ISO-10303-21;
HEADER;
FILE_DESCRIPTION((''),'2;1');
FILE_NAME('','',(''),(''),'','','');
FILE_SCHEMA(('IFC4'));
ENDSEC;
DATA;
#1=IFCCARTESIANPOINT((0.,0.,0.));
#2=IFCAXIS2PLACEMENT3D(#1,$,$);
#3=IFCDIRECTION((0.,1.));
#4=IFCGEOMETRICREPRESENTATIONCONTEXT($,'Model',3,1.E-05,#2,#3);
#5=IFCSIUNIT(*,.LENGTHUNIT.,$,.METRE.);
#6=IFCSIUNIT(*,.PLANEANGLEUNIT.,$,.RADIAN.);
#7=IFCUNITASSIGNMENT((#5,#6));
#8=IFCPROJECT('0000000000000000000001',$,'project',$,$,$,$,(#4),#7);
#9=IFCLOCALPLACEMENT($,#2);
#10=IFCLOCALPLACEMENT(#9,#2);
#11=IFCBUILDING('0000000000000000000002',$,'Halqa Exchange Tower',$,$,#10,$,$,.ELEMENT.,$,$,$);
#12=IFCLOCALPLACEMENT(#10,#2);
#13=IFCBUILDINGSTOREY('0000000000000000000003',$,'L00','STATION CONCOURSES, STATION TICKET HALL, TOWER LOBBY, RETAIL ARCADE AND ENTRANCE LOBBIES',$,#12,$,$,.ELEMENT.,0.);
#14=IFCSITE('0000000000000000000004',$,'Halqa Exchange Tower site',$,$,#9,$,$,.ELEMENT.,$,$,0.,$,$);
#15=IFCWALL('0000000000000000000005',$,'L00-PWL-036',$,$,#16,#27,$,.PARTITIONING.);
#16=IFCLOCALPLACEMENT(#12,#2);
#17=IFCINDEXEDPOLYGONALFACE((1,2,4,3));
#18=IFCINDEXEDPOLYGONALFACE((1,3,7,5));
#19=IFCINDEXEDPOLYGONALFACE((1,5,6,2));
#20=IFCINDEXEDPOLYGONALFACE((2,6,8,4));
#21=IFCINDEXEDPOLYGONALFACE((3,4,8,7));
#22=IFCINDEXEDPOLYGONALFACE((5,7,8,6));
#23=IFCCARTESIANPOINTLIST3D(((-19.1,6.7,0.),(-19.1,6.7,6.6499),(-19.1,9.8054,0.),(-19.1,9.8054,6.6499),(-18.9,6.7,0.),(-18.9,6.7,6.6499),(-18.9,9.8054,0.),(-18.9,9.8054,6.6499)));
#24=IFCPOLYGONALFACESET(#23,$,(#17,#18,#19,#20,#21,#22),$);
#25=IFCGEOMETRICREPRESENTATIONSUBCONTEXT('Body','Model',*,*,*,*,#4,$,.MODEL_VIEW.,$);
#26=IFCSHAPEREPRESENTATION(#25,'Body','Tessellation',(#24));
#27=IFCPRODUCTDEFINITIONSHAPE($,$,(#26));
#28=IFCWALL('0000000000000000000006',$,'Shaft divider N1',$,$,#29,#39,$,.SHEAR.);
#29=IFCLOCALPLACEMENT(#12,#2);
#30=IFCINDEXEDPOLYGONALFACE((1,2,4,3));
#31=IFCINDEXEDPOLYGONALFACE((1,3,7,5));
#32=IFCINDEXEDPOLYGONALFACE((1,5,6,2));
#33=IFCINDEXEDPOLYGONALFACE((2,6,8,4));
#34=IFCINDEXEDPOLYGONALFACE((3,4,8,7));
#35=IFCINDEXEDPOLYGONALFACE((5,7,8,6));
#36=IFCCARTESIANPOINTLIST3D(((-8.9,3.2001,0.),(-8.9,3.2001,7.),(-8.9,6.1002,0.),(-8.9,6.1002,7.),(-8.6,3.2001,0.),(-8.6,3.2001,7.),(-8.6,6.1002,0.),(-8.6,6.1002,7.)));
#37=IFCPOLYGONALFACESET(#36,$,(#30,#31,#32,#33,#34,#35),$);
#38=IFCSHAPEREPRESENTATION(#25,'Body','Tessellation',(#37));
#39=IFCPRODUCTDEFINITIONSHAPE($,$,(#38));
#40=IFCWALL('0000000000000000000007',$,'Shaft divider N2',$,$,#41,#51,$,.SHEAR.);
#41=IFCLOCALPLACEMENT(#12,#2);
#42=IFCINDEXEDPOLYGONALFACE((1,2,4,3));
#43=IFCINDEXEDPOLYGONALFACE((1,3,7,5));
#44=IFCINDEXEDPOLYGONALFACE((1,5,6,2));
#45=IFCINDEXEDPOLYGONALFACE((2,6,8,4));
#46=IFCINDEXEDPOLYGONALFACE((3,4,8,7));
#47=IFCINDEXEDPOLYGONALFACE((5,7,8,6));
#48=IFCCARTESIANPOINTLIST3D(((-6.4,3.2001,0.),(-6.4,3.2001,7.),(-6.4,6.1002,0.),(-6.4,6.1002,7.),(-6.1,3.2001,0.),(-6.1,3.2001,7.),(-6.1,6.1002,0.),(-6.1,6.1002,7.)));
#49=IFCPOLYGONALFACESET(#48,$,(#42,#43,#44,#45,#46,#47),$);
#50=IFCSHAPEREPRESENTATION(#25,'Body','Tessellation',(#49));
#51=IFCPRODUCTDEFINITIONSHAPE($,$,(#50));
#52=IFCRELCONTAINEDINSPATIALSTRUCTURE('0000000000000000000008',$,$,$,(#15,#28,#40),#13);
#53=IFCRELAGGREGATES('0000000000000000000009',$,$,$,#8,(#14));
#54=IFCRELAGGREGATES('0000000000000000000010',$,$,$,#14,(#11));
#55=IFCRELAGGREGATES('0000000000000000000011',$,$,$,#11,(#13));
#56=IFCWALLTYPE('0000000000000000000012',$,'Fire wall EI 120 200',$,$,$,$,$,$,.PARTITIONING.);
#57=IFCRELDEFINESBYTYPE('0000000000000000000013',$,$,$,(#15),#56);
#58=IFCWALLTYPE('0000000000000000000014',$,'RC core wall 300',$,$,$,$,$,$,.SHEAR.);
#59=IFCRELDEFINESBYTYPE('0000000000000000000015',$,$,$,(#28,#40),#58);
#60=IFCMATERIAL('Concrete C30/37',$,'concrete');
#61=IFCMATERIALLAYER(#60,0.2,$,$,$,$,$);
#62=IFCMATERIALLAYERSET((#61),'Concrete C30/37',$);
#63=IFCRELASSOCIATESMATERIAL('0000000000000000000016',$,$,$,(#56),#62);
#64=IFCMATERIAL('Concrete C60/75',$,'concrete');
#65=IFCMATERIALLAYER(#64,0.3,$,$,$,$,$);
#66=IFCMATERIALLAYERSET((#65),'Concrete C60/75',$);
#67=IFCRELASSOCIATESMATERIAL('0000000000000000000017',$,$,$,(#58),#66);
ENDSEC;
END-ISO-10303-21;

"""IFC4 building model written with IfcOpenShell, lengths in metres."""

from ifc_helpers import new_model, si_unit, direction, frame, frame_2d, origin, place, context, subcontext, project, spatial, rectangle, extrude, material, layer, layer_set, type_object, element, save


model = new_model("IFC4")

# Units and contexts
model_context = context("Model", 3, precision=1e-05, world=origin(), true_north=direction((0.0, 1.0)))
body_context = subcontext(model_context, "Body", "Model", "MODEL_VIEW")
ifc_project = project(units=[si_unit("LENGTHUNIT", "METRE"), si_unit("PLANEANGLEUNIT", "RADIAN")], contexts=[model_context])

# Site, building, storey
site_placement = place(None, origin())
site = spatial("IfcSite", under=ifc_project, at=site_placement, Name="Halqa Exchange Tower site", CompositionType="ELEMENT", RefElevation=0.0)
building_placement = place(site_placement, origin())
building = spatial("IfcBuilding", under=site, at=building_placement, Name="Halqa Exchange Tower", CompositionType="ELEMENT")
storey_placement = place(building_placement, origin())
storey = spatial("IfcBuildingStorey", under=building, at=storey_placement, Name="L00", Description="STATION CONCOURSES, STATION TICKET HALL, TOWER LOBBY, RETAIL ARCADE AND ENTRANCE LOBBIES", CompositionType="ELEMENT", Elevation=0.0)

# Walls
ifc_material_1 = material(Name="Concrete C30/37", Category="concrete")
ifc_layer_1 = layer(ifc_material_1, 0.2)
ifc_layer_set_1 = layer_set([ifc_layer_1], Name="Concrete C30/37")
wall_type_1 = type_object("IfcWallType", Name="Fire wall EI 120 200", PredefinedType="PARTITIONING", material=ifc_layer_set_1)
wall_1_placement = place(storey_placement, frame((-19.0, 6.7, 0.0), z_axis=(0.0, 0.0, 1.0), x_axis=(0.0, 1.0, 0.0)))
element("IfcWall", 1, at=wall_1_placement, inside=storey, type_object=wall_type_1, Name="L00-PWL-036", PredefinedType="PARTITIONING", context=body_context, shape_type="SweptSolid", body=[
    extrude(rectangle(XDim=3.1055, YDim=0.2, at=frame_2d((1.5527, 0.0))), origin(), (0.0, 0.0, 1.0), 6.6499),
])
ifc_material_2 = material(Name="Concrete C60/75", Category="concrete")
ifc_layer_2 = layer(ifc_material_2, 0.3)
ifc_layer_set_2 = layer_set([ifc_layer_2], Name="Concrete C60/75")
wall_type_2 = type_object("IfcWallType", Name="RC core wall 300", PredefinedType="SHEAR", material=ifc_layer_set_2)
for number, where, z_axis, x_axis, name in (
    (2, (-8.75, 3.2, 0.0), (0.0, 0.0, 1.0), (0.0, 1.0, 0.0), "Shaft divider N1"),
    (3, (-6.25, 3.2, 0.0), (0.0, 0.0, 1.0), (0.0, 1.0, 0.0), "Shaft divider N2"),
):
    element("IfcWall", number, at=place(storey_placement, frame(where, z_axis=z_axis, x_axis=x_axis)), inside=storey, type_object=wall_type_2, Name=name, PredefinedType="SHEAR", context=body_context, shape_type="SweptSolid", body=[
        extrude(rectangle(XDim=2.9001, YDim=0.3, at=frame_2d((1.4502, 0.0))), origin(), (0.0, 0.0, 1.0), 7.0),
    ])

save(model, "model.ifc")
